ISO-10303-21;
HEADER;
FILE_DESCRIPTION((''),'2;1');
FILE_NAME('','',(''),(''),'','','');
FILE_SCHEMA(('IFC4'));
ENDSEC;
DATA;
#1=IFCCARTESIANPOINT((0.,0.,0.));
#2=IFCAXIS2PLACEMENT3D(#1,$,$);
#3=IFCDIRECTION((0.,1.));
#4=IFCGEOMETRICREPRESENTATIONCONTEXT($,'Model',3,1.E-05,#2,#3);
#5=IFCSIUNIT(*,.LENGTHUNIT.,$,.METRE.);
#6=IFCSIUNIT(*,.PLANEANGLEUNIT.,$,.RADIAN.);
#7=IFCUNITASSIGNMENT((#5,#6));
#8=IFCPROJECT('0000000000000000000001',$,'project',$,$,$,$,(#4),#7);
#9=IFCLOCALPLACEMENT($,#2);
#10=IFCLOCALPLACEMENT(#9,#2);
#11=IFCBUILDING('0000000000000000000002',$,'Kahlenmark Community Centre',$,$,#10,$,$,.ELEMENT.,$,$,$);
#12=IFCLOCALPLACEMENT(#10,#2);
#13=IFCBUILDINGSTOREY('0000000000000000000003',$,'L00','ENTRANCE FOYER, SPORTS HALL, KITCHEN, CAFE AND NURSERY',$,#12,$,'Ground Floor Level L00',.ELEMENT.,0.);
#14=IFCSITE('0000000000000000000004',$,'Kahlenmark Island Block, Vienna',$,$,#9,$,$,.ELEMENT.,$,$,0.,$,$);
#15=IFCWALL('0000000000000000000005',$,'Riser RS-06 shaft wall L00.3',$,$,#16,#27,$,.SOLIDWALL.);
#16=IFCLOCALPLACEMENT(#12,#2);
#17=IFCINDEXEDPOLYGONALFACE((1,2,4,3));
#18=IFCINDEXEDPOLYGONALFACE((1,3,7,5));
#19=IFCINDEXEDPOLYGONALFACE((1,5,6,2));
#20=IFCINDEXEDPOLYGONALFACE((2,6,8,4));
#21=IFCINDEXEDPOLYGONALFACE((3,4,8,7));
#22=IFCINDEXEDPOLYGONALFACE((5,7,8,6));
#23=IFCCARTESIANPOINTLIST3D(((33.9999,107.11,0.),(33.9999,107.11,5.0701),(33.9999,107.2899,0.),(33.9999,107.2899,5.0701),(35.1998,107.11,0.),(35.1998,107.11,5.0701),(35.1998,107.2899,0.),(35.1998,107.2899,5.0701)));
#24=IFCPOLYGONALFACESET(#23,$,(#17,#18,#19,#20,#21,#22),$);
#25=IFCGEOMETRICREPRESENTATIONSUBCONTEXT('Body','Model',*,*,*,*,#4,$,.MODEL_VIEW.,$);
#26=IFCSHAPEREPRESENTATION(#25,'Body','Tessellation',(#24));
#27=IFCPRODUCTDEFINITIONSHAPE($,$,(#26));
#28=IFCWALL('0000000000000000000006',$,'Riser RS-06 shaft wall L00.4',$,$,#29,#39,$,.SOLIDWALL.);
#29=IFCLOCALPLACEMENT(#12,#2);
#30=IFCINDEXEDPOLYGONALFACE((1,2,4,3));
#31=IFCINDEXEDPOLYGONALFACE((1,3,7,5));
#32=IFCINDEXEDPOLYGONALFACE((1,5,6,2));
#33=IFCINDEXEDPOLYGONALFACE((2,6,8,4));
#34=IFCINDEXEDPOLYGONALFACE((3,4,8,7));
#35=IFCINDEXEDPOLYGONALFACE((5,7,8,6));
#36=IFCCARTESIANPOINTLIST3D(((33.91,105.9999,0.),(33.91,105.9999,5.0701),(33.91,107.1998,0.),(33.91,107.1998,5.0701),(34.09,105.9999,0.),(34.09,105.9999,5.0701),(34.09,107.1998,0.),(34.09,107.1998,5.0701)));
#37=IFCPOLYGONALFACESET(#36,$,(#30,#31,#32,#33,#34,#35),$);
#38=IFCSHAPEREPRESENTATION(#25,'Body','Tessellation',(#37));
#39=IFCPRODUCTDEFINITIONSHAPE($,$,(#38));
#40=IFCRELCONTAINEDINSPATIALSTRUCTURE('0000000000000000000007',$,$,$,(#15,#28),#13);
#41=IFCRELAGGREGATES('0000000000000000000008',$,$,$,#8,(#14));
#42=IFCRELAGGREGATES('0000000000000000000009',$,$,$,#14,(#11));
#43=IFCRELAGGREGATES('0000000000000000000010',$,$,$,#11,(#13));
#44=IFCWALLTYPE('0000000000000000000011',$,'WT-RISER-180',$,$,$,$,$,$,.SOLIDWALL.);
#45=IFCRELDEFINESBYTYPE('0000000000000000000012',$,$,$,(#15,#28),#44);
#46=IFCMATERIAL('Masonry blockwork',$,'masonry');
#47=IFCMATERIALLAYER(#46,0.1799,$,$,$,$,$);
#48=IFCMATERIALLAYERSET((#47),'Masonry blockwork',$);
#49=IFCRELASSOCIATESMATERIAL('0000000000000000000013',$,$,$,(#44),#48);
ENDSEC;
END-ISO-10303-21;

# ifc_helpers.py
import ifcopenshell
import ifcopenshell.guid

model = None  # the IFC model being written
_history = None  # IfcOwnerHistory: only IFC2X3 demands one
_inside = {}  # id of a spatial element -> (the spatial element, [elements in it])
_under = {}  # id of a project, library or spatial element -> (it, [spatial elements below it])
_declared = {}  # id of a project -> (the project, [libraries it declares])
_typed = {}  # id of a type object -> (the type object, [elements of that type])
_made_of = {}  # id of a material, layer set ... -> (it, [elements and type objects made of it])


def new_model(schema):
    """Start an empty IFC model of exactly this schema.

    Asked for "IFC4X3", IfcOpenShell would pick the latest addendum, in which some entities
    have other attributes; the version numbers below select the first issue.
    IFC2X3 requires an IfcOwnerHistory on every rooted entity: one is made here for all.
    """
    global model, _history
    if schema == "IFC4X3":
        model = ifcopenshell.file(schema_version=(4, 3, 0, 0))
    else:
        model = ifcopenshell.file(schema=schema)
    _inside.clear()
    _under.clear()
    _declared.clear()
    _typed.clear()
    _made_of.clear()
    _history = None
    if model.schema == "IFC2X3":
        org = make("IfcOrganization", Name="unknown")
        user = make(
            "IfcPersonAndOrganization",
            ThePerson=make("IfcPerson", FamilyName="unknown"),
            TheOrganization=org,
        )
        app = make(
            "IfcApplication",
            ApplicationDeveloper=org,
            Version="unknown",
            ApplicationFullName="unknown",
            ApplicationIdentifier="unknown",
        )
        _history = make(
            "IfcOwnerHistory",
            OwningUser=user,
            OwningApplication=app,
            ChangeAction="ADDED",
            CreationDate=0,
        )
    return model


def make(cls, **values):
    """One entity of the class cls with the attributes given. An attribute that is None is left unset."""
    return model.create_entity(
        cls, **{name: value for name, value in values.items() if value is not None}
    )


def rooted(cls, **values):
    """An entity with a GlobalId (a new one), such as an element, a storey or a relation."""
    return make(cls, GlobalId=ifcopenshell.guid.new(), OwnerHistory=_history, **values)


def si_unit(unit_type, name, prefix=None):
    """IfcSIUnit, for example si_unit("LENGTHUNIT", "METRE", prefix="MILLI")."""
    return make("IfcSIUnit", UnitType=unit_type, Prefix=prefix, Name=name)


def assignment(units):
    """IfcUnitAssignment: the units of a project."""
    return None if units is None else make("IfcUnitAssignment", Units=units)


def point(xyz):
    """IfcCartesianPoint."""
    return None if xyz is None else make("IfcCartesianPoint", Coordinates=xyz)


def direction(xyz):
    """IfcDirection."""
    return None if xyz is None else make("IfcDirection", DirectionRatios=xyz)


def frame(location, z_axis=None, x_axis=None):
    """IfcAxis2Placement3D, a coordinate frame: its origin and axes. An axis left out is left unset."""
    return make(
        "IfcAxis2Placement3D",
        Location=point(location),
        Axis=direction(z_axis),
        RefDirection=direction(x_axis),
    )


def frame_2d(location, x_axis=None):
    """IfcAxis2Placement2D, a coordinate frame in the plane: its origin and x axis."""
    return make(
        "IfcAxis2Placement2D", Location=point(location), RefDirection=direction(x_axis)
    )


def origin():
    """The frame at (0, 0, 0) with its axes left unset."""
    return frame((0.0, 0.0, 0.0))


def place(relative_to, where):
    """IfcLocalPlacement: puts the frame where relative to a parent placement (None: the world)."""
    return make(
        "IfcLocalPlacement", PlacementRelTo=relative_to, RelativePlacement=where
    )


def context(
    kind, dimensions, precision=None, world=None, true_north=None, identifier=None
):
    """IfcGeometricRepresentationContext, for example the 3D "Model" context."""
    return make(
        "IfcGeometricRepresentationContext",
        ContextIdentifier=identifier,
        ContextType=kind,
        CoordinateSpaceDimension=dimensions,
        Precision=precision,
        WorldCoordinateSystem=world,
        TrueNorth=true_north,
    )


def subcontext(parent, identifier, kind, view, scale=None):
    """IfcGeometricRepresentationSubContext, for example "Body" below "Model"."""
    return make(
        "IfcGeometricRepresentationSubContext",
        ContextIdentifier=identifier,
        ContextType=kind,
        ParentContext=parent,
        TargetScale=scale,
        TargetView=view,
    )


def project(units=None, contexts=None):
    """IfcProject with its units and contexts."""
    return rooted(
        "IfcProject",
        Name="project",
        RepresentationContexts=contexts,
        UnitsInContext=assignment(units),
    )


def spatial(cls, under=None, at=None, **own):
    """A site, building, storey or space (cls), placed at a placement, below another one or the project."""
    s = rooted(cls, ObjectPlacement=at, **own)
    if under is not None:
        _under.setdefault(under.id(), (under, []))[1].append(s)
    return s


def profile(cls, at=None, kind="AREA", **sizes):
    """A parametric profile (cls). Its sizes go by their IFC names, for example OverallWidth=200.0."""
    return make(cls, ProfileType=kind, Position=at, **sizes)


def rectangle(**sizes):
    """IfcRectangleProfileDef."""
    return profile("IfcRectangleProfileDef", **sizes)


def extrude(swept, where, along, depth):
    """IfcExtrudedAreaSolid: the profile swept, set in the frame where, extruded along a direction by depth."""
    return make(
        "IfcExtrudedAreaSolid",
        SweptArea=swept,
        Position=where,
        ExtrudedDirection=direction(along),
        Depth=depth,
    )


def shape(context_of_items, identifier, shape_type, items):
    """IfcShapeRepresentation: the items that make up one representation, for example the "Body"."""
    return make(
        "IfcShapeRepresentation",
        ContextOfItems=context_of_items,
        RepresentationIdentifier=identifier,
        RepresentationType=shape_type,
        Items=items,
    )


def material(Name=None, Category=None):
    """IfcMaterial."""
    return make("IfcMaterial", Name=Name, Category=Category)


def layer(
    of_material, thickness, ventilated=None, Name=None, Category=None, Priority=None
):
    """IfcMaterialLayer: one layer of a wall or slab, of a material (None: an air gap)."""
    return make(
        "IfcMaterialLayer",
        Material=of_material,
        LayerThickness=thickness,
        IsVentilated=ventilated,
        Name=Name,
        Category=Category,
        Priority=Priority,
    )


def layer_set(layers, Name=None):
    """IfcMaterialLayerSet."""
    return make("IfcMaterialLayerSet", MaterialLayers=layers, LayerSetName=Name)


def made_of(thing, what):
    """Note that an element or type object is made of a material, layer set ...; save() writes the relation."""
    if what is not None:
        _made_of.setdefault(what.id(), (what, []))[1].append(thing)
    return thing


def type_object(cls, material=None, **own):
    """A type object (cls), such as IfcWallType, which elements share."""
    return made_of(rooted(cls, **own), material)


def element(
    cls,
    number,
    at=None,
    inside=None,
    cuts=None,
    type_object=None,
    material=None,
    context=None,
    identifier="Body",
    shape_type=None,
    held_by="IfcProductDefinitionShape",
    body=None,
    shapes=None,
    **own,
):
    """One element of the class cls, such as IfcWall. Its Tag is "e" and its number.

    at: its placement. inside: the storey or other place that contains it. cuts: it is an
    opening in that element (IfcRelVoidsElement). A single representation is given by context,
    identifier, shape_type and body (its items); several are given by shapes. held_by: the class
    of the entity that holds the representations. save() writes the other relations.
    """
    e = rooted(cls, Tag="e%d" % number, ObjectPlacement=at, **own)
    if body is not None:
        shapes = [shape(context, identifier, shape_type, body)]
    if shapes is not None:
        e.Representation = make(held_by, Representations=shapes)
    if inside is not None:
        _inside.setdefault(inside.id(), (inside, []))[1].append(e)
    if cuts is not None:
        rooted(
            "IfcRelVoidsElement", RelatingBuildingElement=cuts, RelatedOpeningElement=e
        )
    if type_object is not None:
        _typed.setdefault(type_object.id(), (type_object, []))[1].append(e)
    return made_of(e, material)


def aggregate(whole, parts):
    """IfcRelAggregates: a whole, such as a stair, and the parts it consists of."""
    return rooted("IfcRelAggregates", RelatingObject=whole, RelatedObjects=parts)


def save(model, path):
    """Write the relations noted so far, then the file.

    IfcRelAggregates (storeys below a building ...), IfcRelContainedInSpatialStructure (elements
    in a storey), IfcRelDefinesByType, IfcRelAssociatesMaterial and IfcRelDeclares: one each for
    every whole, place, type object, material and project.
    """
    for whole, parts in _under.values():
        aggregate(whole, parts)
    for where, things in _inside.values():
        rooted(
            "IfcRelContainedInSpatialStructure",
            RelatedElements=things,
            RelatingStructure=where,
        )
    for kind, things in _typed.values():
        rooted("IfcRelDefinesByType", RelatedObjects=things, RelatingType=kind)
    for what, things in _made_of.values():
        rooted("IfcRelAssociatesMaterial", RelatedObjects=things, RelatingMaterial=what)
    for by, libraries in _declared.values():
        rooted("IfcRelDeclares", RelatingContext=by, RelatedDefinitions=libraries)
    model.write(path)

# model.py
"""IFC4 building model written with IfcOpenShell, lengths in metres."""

from ifc_helpers import new_model, si_unit, direction, frame, frame_2d, origin, place, context, subcontext, project, spatial, rectangle, extrude, material, layer, layer_set, type_object, element, save


model = new_model("IFC4")

# Units and contexts
model_context = context("Model", 3, precision=1e-05, world=origin(), true_north=direction((0.0, 1.0)))
body_context = subcontext(model_context, "Body", "Model", "MODEL_VIEW")
ifc_project = project(units=[si_unit("LENGTHUNIT", "METRE"), si_unit("PLANEANGLEUNIT", "RADIAN")], contexts=[model_context])

# Site, building, storey
site_placement = place(None, origin())
site = spatial("IfcSite", under=ifc_project, at=site_placement, Name="Kahlenmark Island Block, Vienna", CompositionType="ELEMENT", RefElevation=0.0)
building_placement = place(site_placement, origin())
building = spatial("IfcBuilding", under=site, at=building_placement, Name="Kahlenmark Community Centre", CompositionType="ELEMENT")
storey_placement = place(building_placement, origin())
storey = spatial("IfcBuildingStorey", under=building, at=storey_placement, Name="L00", Description="ENTRANCE FOYER, SPORTS HALL, KITCHEN, CAFE AND NURSERY", LongName="Ground Floor Level L00", CompositionType="ELEMENT", Elevation=0.0)

# Shared definitions
ifc_material_1 = material(Name="Masonry blockwork", Category="masonry")
ifc_layer_1 = layer(ifc_material_1, 0.1799)
ifc_layer_set_1 = layer_set([ifc_layer_1], Name="Masonry blockwork")
wall_type_1 = type_object("IfcWallType", Name="WT-RISER-180", PredefinedType="SOLIDWALL", material=ifc_layer_set_1)

# Walls
for number, where, z_axis, x_axis, name in (
    (1, (35.2, 107.2, 0.0), (0.0, 0.0, 1.0), (-1.0, 0.0, 0.0), "Riser RS-06 shaft wall L00.3"),
    (2, (34.0, 107.2, 0.0), (0.0, 0.0, 1.0), (0.0, -1.0, 0.0), "Riser RS-06 shaft wall L00.4"),
):
    element("IfcWall", number, at=place(storey_placement, frame(where, z_axis=z_axis, x_axis=x_axis)), inside=storey, type_object=wall_type_1, Name=name, PredefinedType="SOLIDWALL", context=body_context, shape_type="SweptSolid", body=[
        extrude(rectangle(XDim=1.2, YDim=0.1799, at=frame_2d((0.6001, 0.0))), origin(), (0.0, 0.0, 1.0), 5.0701),
    ])

save(model, "model.ifc")
